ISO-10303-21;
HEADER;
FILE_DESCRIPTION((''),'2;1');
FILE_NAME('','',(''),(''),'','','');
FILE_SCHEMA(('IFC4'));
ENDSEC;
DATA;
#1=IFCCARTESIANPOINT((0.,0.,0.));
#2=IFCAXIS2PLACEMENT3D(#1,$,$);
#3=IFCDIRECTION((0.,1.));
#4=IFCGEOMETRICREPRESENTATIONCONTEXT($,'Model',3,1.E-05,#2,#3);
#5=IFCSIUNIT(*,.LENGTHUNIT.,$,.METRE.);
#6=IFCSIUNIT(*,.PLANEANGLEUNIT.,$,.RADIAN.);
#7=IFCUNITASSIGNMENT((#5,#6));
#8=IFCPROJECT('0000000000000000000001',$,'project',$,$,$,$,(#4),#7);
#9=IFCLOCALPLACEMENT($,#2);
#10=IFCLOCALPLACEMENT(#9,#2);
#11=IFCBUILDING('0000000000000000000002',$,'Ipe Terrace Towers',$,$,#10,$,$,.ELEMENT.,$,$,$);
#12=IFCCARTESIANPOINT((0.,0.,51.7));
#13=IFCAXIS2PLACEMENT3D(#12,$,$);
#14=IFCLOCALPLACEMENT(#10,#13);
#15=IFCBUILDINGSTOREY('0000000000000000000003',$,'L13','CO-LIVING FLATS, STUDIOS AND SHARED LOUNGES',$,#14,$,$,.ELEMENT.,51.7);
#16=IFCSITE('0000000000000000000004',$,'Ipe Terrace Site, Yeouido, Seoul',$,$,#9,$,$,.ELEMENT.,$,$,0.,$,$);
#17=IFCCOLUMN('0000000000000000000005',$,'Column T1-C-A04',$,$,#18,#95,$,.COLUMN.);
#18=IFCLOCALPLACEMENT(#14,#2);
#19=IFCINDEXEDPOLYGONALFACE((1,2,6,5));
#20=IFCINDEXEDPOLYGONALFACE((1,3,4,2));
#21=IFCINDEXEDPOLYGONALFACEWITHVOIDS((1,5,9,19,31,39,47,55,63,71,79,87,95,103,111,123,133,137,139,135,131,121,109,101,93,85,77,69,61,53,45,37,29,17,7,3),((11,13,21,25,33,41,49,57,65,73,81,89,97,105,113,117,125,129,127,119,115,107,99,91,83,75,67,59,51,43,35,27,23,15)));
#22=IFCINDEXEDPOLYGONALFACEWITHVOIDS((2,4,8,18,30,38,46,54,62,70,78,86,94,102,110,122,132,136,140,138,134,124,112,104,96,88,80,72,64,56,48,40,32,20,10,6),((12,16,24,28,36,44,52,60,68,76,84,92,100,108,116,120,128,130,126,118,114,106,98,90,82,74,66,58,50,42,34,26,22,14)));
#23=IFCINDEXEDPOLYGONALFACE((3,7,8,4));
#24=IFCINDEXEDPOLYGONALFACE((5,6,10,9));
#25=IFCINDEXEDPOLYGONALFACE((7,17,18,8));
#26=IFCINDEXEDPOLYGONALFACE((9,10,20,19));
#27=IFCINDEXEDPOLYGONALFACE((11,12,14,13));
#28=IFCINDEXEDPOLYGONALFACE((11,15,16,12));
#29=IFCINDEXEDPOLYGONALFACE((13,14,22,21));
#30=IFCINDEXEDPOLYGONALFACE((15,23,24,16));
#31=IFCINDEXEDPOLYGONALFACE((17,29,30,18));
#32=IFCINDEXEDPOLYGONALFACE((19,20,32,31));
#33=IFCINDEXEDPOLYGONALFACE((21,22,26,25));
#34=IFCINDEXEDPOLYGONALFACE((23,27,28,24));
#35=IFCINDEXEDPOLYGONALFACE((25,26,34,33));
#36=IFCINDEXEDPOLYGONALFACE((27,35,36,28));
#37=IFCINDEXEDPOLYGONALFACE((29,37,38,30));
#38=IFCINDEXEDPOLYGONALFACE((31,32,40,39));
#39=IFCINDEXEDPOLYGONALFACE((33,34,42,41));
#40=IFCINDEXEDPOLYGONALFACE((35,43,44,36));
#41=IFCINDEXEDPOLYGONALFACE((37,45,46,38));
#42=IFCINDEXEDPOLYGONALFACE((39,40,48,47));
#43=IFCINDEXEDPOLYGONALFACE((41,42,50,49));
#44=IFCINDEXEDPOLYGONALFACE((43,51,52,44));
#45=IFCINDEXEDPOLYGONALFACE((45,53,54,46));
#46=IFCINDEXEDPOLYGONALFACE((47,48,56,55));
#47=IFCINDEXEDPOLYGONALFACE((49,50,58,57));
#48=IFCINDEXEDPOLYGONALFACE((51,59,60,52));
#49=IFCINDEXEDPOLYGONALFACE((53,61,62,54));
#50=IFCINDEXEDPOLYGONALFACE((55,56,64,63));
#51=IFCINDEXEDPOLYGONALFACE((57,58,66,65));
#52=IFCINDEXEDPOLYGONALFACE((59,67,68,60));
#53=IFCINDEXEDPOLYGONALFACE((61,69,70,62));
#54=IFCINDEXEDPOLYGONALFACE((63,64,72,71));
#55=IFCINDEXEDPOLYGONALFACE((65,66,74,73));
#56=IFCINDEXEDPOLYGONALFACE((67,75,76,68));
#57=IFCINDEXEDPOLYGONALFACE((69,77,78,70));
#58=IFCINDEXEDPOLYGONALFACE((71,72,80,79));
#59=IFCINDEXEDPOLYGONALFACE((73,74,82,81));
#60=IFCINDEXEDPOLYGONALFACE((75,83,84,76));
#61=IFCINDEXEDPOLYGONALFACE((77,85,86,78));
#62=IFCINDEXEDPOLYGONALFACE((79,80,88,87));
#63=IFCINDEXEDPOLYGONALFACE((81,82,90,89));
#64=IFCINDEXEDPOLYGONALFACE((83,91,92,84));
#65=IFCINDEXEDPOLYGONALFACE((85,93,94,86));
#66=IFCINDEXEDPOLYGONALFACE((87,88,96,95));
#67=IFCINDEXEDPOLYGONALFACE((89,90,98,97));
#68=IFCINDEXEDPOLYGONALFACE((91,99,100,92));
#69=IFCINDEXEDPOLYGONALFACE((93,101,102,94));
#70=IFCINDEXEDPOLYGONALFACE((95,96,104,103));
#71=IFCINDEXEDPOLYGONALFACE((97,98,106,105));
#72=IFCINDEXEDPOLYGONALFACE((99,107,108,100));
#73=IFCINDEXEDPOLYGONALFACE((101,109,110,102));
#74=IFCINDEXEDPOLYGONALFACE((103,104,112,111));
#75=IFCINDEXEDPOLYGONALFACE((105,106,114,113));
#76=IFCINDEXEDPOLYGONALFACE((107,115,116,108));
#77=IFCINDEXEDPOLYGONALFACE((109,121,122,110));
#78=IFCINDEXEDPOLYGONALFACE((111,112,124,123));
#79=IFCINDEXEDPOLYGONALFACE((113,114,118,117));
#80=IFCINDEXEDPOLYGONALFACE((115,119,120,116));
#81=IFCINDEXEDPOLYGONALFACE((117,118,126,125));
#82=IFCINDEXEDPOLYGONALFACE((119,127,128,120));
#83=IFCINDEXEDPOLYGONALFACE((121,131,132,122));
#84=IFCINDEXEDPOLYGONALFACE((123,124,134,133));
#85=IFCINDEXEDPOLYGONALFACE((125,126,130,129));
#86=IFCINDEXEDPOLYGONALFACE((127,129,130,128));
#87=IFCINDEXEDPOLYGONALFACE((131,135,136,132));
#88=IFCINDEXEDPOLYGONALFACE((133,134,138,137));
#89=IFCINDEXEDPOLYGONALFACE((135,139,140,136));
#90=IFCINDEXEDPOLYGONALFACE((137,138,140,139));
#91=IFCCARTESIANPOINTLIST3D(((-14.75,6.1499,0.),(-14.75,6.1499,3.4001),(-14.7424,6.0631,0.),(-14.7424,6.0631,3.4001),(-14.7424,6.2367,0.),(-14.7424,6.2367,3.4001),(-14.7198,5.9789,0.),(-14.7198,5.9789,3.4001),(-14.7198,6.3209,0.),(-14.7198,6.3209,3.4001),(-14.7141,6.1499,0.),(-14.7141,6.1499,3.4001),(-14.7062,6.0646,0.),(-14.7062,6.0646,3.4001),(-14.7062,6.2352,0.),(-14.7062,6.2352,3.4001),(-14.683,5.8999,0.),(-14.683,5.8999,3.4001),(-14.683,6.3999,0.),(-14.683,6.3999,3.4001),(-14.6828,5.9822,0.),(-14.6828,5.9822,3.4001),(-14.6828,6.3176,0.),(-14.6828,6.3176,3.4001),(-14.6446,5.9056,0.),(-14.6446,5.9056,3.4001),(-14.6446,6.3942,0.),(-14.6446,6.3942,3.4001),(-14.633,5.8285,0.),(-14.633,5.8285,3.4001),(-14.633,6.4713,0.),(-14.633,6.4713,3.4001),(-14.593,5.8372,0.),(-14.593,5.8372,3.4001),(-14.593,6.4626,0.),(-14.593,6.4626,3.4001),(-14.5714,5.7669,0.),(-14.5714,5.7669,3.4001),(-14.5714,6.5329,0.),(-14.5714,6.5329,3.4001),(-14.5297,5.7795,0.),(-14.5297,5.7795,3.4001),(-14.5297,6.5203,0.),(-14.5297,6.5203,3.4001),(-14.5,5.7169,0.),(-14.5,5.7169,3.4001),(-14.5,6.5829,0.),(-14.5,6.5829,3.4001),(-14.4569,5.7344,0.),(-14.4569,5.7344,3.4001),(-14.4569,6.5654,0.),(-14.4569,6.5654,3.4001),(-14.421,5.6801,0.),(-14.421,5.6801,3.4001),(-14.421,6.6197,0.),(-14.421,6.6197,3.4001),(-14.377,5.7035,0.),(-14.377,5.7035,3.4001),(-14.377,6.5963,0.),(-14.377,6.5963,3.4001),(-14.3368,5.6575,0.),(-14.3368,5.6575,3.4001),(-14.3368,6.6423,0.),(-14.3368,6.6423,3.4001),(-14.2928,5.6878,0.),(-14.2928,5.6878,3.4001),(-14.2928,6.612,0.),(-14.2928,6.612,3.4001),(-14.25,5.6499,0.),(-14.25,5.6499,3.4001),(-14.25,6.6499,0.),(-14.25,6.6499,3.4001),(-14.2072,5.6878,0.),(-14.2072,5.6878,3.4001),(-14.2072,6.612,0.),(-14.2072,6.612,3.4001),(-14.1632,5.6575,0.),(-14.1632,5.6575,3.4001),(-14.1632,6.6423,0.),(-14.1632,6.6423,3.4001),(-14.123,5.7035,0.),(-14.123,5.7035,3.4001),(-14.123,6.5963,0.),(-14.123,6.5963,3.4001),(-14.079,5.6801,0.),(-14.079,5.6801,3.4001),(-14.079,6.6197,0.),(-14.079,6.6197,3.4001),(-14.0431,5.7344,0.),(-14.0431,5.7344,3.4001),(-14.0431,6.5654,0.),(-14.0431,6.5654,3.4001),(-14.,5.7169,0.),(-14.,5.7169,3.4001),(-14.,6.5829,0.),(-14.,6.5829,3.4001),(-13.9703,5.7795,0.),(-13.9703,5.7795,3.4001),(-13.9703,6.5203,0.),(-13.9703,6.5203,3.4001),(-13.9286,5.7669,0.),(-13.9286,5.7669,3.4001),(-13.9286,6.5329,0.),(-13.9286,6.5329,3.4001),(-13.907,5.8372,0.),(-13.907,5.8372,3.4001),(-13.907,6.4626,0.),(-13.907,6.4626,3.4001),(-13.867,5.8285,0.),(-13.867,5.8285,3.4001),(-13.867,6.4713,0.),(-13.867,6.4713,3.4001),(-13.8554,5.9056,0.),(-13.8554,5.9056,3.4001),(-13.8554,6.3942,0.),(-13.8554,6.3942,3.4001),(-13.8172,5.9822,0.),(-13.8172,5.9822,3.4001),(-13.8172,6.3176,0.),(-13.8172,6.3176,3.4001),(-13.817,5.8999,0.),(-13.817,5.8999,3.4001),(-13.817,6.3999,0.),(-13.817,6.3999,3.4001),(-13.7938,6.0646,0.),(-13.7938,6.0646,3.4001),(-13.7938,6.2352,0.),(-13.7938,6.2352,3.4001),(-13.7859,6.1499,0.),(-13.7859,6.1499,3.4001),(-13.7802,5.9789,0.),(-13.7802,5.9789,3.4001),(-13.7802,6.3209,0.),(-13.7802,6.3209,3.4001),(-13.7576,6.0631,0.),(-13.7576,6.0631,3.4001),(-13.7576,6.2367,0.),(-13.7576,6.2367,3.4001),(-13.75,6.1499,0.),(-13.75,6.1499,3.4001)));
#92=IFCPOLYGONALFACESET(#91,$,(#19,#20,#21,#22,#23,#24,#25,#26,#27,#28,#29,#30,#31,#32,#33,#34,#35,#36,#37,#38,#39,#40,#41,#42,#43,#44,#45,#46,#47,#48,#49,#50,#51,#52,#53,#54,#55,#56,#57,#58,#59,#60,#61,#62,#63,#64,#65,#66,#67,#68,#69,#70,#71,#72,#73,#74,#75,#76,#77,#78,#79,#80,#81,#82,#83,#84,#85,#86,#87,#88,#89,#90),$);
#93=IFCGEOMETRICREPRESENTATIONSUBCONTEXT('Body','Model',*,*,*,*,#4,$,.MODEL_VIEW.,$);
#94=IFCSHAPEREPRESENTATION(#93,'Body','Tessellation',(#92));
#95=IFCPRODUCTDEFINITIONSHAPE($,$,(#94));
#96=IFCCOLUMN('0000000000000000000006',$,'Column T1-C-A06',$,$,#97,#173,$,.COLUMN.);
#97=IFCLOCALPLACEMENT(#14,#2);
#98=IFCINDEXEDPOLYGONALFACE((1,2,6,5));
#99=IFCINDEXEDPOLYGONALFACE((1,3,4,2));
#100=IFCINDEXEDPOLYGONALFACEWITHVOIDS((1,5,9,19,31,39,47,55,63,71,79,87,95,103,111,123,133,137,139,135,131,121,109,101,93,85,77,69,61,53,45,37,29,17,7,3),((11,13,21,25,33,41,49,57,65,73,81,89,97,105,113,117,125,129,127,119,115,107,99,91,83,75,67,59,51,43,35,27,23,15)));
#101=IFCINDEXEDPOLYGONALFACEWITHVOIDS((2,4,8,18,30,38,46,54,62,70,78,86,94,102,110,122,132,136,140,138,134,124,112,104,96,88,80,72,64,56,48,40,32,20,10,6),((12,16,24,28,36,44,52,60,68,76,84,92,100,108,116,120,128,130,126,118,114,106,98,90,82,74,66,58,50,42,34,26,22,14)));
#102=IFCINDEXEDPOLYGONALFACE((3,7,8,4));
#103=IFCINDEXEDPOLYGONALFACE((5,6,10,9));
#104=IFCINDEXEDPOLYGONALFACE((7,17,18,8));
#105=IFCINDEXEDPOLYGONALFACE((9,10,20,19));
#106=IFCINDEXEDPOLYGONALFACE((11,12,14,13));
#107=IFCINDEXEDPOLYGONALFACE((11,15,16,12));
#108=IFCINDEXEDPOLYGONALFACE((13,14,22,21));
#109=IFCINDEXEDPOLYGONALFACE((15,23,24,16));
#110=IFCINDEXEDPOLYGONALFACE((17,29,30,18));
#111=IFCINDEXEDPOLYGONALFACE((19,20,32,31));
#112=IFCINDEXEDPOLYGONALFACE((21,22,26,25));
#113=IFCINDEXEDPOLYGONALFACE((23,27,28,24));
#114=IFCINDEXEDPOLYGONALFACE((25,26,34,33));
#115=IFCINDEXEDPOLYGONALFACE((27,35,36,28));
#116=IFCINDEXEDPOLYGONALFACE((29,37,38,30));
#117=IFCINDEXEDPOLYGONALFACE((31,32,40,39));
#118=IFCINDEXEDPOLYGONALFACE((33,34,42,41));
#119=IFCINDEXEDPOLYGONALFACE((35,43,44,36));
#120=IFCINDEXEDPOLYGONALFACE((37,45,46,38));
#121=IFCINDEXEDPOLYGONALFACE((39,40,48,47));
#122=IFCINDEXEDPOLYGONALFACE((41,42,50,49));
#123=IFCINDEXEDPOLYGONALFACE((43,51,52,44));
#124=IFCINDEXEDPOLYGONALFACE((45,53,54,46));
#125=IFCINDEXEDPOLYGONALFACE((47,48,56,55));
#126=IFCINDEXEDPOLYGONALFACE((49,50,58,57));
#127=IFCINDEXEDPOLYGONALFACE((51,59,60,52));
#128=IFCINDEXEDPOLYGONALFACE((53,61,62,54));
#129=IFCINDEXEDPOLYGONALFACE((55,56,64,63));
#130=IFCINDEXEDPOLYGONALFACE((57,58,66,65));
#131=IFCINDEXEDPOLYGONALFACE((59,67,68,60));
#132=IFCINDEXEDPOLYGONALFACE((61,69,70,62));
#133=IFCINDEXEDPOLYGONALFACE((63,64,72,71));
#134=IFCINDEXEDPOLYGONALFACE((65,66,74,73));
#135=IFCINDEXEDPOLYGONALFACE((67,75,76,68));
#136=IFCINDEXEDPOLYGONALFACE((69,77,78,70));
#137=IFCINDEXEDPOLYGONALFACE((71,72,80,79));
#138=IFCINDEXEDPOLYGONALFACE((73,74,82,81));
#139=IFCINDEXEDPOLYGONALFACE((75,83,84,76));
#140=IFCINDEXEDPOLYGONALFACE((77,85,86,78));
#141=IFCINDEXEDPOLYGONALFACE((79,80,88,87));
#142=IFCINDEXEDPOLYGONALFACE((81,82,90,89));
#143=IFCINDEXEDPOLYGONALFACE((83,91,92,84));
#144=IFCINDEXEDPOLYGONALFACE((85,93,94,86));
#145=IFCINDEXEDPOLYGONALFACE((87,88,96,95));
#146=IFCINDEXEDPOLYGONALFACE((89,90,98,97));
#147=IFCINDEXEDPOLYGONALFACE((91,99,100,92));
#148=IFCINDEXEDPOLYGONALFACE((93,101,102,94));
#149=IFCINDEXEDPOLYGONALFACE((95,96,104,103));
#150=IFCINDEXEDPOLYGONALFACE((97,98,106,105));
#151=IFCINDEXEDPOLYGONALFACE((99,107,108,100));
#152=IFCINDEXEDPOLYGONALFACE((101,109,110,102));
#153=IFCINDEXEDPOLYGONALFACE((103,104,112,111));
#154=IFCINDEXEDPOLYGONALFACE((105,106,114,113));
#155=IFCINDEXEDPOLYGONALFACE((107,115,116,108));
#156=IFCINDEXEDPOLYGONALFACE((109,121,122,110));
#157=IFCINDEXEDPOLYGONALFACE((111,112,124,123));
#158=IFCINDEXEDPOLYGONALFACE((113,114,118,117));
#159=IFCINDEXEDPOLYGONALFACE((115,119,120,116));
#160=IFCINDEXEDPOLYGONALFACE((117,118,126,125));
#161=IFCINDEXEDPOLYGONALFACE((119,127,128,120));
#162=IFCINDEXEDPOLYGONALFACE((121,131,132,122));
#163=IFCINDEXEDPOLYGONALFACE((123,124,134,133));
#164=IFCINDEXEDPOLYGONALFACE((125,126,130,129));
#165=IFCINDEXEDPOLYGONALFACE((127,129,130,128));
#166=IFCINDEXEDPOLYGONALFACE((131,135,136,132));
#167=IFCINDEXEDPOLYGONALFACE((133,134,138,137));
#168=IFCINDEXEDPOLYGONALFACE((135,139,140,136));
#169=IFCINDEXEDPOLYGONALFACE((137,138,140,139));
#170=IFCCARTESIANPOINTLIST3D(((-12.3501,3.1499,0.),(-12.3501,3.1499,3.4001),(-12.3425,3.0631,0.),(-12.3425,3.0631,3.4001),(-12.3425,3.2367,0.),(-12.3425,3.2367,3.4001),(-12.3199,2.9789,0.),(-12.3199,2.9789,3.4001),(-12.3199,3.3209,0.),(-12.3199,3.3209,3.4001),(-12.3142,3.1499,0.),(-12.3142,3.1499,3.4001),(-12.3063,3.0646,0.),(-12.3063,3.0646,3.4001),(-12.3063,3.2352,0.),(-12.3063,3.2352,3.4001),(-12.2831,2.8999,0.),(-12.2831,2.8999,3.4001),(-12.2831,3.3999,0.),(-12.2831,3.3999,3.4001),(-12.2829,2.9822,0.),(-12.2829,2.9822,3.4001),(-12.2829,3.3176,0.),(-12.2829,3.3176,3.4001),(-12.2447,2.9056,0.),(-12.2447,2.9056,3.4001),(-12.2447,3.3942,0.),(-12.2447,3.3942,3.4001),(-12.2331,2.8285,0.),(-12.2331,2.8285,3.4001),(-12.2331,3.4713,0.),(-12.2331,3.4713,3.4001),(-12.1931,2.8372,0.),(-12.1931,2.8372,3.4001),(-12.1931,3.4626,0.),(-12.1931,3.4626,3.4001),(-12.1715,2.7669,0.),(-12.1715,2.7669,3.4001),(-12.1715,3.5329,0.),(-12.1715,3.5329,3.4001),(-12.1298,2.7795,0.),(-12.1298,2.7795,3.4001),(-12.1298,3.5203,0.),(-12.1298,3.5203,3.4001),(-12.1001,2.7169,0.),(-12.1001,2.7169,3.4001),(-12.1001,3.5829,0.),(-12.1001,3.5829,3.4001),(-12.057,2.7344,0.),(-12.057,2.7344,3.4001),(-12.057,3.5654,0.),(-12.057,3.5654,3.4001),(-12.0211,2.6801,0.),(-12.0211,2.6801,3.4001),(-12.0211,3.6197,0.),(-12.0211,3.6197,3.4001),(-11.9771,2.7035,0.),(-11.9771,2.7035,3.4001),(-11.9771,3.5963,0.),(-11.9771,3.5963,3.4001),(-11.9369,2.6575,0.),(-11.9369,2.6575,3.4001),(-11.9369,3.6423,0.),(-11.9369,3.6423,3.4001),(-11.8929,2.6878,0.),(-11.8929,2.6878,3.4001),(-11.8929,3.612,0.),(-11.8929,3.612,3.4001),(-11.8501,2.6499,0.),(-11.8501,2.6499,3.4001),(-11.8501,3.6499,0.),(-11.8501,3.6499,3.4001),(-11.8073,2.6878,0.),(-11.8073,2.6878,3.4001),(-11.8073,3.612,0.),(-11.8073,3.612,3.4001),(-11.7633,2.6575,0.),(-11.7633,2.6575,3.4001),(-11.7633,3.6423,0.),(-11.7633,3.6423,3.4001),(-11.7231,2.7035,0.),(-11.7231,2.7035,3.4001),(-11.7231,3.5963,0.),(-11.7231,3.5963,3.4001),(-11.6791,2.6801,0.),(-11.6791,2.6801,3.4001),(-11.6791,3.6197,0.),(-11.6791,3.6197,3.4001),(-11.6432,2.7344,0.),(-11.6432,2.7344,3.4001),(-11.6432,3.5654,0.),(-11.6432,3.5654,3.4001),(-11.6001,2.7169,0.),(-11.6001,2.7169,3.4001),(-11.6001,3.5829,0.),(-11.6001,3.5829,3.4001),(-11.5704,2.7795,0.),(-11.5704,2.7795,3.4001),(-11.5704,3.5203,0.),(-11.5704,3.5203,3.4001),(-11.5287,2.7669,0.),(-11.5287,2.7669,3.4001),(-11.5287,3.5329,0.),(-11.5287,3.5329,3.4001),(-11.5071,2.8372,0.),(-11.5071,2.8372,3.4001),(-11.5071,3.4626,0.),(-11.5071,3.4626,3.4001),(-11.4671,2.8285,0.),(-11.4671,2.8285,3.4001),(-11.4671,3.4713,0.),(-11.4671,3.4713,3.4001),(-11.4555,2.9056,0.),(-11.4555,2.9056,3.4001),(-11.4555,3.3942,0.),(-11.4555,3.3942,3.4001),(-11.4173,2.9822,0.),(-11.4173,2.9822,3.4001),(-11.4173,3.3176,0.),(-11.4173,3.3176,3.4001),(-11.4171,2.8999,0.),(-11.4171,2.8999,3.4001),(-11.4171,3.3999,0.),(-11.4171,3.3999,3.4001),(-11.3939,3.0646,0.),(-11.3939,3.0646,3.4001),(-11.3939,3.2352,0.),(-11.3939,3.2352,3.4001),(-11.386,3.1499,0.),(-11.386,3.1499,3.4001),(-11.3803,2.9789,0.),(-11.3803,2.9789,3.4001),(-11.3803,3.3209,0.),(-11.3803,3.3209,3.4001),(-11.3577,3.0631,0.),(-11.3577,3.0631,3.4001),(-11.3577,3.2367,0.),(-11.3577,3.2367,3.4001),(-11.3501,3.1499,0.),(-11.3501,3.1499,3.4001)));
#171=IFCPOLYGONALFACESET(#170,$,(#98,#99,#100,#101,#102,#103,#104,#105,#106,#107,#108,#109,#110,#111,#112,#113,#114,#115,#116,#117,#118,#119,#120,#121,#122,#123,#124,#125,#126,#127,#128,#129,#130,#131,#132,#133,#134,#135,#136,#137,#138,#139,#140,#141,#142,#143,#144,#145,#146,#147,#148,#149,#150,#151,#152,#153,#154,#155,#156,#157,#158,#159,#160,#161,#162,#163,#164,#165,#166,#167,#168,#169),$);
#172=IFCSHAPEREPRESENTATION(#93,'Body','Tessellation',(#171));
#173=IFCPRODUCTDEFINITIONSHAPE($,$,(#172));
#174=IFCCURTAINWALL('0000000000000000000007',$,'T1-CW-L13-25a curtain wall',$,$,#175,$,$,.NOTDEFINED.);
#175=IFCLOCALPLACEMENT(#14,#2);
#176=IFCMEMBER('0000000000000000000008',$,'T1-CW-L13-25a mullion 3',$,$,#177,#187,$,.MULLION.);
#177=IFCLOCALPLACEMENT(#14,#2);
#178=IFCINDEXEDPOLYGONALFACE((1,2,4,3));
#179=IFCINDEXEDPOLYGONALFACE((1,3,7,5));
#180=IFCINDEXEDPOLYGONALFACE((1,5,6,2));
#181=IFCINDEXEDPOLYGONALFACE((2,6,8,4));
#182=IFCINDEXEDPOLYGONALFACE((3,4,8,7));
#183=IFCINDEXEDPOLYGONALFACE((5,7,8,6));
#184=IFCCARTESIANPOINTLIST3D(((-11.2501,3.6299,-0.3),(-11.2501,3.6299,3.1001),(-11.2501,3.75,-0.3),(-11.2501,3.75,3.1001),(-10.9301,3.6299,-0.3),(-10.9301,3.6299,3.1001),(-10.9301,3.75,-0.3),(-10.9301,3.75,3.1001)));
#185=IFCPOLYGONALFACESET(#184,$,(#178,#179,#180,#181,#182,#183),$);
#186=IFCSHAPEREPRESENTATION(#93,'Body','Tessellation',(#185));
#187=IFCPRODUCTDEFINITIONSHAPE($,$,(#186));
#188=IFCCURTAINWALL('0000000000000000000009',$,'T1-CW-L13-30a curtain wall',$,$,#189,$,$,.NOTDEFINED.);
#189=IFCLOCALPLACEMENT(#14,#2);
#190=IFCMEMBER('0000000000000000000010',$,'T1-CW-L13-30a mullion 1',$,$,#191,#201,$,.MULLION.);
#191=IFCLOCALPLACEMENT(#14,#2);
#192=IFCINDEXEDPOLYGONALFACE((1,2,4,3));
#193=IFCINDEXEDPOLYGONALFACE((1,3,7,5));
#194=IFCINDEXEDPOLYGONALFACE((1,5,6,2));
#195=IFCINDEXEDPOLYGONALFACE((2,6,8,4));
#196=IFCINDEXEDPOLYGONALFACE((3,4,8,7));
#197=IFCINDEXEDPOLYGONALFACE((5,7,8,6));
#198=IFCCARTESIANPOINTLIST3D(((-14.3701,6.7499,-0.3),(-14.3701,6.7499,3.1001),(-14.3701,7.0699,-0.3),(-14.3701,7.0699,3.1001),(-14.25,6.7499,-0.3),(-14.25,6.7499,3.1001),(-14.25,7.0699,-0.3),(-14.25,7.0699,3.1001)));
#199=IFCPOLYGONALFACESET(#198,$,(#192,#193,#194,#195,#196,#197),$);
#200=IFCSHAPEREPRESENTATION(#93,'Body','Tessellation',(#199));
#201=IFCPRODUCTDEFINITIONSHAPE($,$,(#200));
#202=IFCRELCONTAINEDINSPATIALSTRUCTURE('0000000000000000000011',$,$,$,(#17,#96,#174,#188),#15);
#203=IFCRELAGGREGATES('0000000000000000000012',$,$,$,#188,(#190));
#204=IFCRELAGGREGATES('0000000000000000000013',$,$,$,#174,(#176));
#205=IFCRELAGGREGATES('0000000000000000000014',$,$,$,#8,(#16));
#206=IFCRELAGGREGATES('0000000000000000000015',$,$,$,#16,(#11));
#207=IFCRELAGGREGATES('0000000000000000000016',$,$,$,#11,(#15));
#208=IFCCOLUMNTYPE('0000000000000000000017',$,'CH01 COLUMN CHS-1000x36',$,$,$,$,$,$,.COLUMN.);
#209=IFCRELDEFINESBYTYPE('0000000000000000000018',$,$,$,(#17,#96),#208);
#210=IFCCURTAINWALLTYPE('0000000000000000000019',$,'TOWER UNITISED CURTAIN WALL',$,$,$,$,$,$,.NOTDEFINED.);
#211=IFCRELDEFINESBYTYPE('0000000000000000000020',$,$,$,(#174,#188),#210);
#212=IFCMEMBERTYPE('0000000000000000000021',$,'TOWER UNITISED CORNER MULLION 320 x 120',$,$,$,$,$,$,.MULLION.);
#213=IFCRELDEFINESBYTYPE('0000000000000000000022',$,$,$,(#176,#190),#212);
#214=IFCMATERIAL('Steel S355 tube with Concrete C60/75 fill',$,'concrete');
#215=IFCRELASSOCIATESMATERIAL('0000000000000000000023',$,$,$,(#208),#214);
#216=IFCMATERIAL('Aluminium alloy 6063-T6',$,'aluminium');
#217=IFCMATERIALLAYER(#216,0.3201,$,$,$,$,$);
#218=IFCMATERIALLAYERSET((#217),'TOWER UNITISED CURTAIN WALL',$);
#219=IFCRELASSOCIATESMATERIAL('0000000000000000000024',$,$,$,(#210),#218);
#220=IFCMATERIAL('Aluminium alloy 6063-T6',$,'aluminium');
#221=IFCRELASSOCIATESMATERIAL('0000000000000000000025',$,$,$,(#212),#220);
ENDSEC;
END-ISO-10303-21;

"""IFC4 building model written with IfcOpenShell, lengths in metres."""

from ifc_helpers import new_model, si_unit, direction, frame, origin, origin_2d, place, context, subcontext, project, spatial, rectangle, hollow_circle, extrude, material, layer, layer_set, material_profile, profile_set, type_object, element, aggregate, save


model = new_model("IFC4")

# Units and contexts
model_context = context("Model", 3, precision=1e-05, world=origin(), true_north=direction((0.0, 1.0)))
body_context = subcontext(model_context, "Body", "Model", "MODEL_VIEW")
ifc_project = project(units=[si_unit("LENGTHUNIT", "METRE"), si_unit("PLANEANGLEUNIT", "RADIAN")], contexts=[model_context])

# Site, building, storey
site_placement = place(None, origin())
site = spatial("IfcSite", under=ifc_project, at=site_placement, Name="Ipe Terrace Site, Yeouido, Seoul", CompositionType="ELEMENT", RefElevation=0.0)
building_placement = place(site_placement, origin())
building = spatial("IfcBuilding", under=site, at=building_placement, Name="Ipe Terrace Towers", CompositionType="ELEMENT")
storey_placement = place(building_placement, frame((0.0, 0.0, 51.7)))
storey = spatial("IfcBuildingStorey", under=building, at=storey_placement, Name="L13", Description="CO-LIVING FLATS, STUDIOS AND SHARED LOUNGES", CompositionType="ELEMENT", Elevation=51.7)

# Columns
ifc_material_1 = material(Name="Steel S355 tube with Concrete C60/75 fill", Category="concrete")
ifc_material_profile_1 = material_profile(ifc_material_1, hollow_circle(Radius=0.5, WallThickness=0.0359, at=origin_2d()), Name="CHS-1000x36")
ifc_profile_set_1 = profile_set([ifc_material_profile_1], Name="Steel S355 tube with Concrete C60/75 fill")
column_type = type_object("IfcColumnType", Name="CH01 COLUMN CHS-1000x36", PredefinedType="COLUMN", material=ifc_profile_set_1)
for number, where, z_axis, x_axis, name in (
    (1, (-14.25, 6.1499, 0.0), (0.0, 0.0, 1.0), (1.0, 0.0, 0.0), "Column T1-C-A04"),
    (2, (-11.8501, 3.1499, 0.0), (0.0, 0.0, 1.0), (1.0, 0.0, 0.0), "Column T1-C-A06"),
):
    element("IfcColumn", number, at=place(storey_placement, frame(where, z_axis=z_axis, x_axis=x_axis)), inside=storey, type_object=column_type, Name=name, PredefinedType="COLUMN", context=body_context, shape_type="SweptSolid", body=[
        extrude(hollow_circle(Radius=0.5, WallThickness=0.0359, at=origin_2d()), origin(), (0.0, 0.0, 1.0), 3.4001),
    ])

# Curtain walls, members
ifc_material_2 = material(Name="Aluminium alloy 6063-T6", Category="aluminium")
ifc_layer_1 = layer(ifc_material_2, 0.3201)
ifc_layer_set_1 = layer_set([ifc_layer_1], Name="TOWER UNITISED CURTAIN WALL")
curtain_wall_type = type_object("IfcCurtainWallType", Name="TOWER UNITISED CURTAIN WALL", PredefinedType="NOTDEFINED", material=ifc_layer_set_1)
curtain_wall_1_placement = place(storey_placement, origin())
curtain_wall_1 = element("IfcCurtainWall", 3, at=curtain_wall_1_placement, inside=storey, type_object=curtain_wall_type, Name="T1-CW-L13-25a curtain wall", PredefinedType="NOTDEFINED")
ifc_material_3 = material(Name="Aluminium alloy 6063-T6", Category="aluminium")
ifc_material_profile_2 = material_profile(ifc_material_3, rectangle(XDim=0.3201, YDim=0.1201, at=origin_2d()), Name="TOWER UNITISED CORNER MULLION 320 x 120")
ifc_profile_set_2 = profile_set([ifc_material_profile_2], Name="Aluminium alloy 6063-T6")
member_type = type_object("IfcMemberType", Name="TOWER UNITISED CORNER MULLION 320 x 120", PredefinedType="MULLION", material=ifc_profile_set_2)
member_1_placement = place(storey_placement, frame((-11.0901, 3.6899, -0.3), z_axis=(0.0, 0.0, 1.0), x_axis=(1.0, 0.0, 0.0)))
member_1 = element("IfcMember", 4, at=member_1_placement, type_object=member_type, Name="T1-CW-L13-25a mullion 3", PredefinedType="MULLION", context=body_context, shape_type="SweptSolid", body=[
    extrude(rectangle(XDim=0.3201, YDim=0.1201, at=origin_2d()), origin(), (0.0, 0.0, 1.0), 3.4001),
])
curtain_wall_2_placement = place(storey_placement, origin())
curtain_wall_2 = element("IfcCurtainWall", 5, at=curtain_wall_2_placement, inside=storey, type_object=curtain_wall_type, Name="T1-CW-L13-30a curtain wall", PredefinedType="NOTDEFINED")
member_2_placement = place(storey_placement, frame((-14.3101, 6.9099, -0.3), z_axis=(0.0, 0.0, 1.0), x_axis=(0.0, 1.0, 0.0)))
member_2 = element("IfcMember", 6, at=member_2_placement, type_object=member_type, Name="T1-CW-L13-30a mullion 1", PredefinedType="MULLION", context=body_context, shape_type="SweptSolid", body=[
    extrude(rectangle(XDim=0.3201, YDim=0.1201, at=origin_2d()), origin(), (0.0, 0.0, 1.0), 3.4001),
])
aggregate(curtain_wall_2, [member_2])

aggregate(curtain_wall_1, [member_1])

save(model, "model.ifc")
